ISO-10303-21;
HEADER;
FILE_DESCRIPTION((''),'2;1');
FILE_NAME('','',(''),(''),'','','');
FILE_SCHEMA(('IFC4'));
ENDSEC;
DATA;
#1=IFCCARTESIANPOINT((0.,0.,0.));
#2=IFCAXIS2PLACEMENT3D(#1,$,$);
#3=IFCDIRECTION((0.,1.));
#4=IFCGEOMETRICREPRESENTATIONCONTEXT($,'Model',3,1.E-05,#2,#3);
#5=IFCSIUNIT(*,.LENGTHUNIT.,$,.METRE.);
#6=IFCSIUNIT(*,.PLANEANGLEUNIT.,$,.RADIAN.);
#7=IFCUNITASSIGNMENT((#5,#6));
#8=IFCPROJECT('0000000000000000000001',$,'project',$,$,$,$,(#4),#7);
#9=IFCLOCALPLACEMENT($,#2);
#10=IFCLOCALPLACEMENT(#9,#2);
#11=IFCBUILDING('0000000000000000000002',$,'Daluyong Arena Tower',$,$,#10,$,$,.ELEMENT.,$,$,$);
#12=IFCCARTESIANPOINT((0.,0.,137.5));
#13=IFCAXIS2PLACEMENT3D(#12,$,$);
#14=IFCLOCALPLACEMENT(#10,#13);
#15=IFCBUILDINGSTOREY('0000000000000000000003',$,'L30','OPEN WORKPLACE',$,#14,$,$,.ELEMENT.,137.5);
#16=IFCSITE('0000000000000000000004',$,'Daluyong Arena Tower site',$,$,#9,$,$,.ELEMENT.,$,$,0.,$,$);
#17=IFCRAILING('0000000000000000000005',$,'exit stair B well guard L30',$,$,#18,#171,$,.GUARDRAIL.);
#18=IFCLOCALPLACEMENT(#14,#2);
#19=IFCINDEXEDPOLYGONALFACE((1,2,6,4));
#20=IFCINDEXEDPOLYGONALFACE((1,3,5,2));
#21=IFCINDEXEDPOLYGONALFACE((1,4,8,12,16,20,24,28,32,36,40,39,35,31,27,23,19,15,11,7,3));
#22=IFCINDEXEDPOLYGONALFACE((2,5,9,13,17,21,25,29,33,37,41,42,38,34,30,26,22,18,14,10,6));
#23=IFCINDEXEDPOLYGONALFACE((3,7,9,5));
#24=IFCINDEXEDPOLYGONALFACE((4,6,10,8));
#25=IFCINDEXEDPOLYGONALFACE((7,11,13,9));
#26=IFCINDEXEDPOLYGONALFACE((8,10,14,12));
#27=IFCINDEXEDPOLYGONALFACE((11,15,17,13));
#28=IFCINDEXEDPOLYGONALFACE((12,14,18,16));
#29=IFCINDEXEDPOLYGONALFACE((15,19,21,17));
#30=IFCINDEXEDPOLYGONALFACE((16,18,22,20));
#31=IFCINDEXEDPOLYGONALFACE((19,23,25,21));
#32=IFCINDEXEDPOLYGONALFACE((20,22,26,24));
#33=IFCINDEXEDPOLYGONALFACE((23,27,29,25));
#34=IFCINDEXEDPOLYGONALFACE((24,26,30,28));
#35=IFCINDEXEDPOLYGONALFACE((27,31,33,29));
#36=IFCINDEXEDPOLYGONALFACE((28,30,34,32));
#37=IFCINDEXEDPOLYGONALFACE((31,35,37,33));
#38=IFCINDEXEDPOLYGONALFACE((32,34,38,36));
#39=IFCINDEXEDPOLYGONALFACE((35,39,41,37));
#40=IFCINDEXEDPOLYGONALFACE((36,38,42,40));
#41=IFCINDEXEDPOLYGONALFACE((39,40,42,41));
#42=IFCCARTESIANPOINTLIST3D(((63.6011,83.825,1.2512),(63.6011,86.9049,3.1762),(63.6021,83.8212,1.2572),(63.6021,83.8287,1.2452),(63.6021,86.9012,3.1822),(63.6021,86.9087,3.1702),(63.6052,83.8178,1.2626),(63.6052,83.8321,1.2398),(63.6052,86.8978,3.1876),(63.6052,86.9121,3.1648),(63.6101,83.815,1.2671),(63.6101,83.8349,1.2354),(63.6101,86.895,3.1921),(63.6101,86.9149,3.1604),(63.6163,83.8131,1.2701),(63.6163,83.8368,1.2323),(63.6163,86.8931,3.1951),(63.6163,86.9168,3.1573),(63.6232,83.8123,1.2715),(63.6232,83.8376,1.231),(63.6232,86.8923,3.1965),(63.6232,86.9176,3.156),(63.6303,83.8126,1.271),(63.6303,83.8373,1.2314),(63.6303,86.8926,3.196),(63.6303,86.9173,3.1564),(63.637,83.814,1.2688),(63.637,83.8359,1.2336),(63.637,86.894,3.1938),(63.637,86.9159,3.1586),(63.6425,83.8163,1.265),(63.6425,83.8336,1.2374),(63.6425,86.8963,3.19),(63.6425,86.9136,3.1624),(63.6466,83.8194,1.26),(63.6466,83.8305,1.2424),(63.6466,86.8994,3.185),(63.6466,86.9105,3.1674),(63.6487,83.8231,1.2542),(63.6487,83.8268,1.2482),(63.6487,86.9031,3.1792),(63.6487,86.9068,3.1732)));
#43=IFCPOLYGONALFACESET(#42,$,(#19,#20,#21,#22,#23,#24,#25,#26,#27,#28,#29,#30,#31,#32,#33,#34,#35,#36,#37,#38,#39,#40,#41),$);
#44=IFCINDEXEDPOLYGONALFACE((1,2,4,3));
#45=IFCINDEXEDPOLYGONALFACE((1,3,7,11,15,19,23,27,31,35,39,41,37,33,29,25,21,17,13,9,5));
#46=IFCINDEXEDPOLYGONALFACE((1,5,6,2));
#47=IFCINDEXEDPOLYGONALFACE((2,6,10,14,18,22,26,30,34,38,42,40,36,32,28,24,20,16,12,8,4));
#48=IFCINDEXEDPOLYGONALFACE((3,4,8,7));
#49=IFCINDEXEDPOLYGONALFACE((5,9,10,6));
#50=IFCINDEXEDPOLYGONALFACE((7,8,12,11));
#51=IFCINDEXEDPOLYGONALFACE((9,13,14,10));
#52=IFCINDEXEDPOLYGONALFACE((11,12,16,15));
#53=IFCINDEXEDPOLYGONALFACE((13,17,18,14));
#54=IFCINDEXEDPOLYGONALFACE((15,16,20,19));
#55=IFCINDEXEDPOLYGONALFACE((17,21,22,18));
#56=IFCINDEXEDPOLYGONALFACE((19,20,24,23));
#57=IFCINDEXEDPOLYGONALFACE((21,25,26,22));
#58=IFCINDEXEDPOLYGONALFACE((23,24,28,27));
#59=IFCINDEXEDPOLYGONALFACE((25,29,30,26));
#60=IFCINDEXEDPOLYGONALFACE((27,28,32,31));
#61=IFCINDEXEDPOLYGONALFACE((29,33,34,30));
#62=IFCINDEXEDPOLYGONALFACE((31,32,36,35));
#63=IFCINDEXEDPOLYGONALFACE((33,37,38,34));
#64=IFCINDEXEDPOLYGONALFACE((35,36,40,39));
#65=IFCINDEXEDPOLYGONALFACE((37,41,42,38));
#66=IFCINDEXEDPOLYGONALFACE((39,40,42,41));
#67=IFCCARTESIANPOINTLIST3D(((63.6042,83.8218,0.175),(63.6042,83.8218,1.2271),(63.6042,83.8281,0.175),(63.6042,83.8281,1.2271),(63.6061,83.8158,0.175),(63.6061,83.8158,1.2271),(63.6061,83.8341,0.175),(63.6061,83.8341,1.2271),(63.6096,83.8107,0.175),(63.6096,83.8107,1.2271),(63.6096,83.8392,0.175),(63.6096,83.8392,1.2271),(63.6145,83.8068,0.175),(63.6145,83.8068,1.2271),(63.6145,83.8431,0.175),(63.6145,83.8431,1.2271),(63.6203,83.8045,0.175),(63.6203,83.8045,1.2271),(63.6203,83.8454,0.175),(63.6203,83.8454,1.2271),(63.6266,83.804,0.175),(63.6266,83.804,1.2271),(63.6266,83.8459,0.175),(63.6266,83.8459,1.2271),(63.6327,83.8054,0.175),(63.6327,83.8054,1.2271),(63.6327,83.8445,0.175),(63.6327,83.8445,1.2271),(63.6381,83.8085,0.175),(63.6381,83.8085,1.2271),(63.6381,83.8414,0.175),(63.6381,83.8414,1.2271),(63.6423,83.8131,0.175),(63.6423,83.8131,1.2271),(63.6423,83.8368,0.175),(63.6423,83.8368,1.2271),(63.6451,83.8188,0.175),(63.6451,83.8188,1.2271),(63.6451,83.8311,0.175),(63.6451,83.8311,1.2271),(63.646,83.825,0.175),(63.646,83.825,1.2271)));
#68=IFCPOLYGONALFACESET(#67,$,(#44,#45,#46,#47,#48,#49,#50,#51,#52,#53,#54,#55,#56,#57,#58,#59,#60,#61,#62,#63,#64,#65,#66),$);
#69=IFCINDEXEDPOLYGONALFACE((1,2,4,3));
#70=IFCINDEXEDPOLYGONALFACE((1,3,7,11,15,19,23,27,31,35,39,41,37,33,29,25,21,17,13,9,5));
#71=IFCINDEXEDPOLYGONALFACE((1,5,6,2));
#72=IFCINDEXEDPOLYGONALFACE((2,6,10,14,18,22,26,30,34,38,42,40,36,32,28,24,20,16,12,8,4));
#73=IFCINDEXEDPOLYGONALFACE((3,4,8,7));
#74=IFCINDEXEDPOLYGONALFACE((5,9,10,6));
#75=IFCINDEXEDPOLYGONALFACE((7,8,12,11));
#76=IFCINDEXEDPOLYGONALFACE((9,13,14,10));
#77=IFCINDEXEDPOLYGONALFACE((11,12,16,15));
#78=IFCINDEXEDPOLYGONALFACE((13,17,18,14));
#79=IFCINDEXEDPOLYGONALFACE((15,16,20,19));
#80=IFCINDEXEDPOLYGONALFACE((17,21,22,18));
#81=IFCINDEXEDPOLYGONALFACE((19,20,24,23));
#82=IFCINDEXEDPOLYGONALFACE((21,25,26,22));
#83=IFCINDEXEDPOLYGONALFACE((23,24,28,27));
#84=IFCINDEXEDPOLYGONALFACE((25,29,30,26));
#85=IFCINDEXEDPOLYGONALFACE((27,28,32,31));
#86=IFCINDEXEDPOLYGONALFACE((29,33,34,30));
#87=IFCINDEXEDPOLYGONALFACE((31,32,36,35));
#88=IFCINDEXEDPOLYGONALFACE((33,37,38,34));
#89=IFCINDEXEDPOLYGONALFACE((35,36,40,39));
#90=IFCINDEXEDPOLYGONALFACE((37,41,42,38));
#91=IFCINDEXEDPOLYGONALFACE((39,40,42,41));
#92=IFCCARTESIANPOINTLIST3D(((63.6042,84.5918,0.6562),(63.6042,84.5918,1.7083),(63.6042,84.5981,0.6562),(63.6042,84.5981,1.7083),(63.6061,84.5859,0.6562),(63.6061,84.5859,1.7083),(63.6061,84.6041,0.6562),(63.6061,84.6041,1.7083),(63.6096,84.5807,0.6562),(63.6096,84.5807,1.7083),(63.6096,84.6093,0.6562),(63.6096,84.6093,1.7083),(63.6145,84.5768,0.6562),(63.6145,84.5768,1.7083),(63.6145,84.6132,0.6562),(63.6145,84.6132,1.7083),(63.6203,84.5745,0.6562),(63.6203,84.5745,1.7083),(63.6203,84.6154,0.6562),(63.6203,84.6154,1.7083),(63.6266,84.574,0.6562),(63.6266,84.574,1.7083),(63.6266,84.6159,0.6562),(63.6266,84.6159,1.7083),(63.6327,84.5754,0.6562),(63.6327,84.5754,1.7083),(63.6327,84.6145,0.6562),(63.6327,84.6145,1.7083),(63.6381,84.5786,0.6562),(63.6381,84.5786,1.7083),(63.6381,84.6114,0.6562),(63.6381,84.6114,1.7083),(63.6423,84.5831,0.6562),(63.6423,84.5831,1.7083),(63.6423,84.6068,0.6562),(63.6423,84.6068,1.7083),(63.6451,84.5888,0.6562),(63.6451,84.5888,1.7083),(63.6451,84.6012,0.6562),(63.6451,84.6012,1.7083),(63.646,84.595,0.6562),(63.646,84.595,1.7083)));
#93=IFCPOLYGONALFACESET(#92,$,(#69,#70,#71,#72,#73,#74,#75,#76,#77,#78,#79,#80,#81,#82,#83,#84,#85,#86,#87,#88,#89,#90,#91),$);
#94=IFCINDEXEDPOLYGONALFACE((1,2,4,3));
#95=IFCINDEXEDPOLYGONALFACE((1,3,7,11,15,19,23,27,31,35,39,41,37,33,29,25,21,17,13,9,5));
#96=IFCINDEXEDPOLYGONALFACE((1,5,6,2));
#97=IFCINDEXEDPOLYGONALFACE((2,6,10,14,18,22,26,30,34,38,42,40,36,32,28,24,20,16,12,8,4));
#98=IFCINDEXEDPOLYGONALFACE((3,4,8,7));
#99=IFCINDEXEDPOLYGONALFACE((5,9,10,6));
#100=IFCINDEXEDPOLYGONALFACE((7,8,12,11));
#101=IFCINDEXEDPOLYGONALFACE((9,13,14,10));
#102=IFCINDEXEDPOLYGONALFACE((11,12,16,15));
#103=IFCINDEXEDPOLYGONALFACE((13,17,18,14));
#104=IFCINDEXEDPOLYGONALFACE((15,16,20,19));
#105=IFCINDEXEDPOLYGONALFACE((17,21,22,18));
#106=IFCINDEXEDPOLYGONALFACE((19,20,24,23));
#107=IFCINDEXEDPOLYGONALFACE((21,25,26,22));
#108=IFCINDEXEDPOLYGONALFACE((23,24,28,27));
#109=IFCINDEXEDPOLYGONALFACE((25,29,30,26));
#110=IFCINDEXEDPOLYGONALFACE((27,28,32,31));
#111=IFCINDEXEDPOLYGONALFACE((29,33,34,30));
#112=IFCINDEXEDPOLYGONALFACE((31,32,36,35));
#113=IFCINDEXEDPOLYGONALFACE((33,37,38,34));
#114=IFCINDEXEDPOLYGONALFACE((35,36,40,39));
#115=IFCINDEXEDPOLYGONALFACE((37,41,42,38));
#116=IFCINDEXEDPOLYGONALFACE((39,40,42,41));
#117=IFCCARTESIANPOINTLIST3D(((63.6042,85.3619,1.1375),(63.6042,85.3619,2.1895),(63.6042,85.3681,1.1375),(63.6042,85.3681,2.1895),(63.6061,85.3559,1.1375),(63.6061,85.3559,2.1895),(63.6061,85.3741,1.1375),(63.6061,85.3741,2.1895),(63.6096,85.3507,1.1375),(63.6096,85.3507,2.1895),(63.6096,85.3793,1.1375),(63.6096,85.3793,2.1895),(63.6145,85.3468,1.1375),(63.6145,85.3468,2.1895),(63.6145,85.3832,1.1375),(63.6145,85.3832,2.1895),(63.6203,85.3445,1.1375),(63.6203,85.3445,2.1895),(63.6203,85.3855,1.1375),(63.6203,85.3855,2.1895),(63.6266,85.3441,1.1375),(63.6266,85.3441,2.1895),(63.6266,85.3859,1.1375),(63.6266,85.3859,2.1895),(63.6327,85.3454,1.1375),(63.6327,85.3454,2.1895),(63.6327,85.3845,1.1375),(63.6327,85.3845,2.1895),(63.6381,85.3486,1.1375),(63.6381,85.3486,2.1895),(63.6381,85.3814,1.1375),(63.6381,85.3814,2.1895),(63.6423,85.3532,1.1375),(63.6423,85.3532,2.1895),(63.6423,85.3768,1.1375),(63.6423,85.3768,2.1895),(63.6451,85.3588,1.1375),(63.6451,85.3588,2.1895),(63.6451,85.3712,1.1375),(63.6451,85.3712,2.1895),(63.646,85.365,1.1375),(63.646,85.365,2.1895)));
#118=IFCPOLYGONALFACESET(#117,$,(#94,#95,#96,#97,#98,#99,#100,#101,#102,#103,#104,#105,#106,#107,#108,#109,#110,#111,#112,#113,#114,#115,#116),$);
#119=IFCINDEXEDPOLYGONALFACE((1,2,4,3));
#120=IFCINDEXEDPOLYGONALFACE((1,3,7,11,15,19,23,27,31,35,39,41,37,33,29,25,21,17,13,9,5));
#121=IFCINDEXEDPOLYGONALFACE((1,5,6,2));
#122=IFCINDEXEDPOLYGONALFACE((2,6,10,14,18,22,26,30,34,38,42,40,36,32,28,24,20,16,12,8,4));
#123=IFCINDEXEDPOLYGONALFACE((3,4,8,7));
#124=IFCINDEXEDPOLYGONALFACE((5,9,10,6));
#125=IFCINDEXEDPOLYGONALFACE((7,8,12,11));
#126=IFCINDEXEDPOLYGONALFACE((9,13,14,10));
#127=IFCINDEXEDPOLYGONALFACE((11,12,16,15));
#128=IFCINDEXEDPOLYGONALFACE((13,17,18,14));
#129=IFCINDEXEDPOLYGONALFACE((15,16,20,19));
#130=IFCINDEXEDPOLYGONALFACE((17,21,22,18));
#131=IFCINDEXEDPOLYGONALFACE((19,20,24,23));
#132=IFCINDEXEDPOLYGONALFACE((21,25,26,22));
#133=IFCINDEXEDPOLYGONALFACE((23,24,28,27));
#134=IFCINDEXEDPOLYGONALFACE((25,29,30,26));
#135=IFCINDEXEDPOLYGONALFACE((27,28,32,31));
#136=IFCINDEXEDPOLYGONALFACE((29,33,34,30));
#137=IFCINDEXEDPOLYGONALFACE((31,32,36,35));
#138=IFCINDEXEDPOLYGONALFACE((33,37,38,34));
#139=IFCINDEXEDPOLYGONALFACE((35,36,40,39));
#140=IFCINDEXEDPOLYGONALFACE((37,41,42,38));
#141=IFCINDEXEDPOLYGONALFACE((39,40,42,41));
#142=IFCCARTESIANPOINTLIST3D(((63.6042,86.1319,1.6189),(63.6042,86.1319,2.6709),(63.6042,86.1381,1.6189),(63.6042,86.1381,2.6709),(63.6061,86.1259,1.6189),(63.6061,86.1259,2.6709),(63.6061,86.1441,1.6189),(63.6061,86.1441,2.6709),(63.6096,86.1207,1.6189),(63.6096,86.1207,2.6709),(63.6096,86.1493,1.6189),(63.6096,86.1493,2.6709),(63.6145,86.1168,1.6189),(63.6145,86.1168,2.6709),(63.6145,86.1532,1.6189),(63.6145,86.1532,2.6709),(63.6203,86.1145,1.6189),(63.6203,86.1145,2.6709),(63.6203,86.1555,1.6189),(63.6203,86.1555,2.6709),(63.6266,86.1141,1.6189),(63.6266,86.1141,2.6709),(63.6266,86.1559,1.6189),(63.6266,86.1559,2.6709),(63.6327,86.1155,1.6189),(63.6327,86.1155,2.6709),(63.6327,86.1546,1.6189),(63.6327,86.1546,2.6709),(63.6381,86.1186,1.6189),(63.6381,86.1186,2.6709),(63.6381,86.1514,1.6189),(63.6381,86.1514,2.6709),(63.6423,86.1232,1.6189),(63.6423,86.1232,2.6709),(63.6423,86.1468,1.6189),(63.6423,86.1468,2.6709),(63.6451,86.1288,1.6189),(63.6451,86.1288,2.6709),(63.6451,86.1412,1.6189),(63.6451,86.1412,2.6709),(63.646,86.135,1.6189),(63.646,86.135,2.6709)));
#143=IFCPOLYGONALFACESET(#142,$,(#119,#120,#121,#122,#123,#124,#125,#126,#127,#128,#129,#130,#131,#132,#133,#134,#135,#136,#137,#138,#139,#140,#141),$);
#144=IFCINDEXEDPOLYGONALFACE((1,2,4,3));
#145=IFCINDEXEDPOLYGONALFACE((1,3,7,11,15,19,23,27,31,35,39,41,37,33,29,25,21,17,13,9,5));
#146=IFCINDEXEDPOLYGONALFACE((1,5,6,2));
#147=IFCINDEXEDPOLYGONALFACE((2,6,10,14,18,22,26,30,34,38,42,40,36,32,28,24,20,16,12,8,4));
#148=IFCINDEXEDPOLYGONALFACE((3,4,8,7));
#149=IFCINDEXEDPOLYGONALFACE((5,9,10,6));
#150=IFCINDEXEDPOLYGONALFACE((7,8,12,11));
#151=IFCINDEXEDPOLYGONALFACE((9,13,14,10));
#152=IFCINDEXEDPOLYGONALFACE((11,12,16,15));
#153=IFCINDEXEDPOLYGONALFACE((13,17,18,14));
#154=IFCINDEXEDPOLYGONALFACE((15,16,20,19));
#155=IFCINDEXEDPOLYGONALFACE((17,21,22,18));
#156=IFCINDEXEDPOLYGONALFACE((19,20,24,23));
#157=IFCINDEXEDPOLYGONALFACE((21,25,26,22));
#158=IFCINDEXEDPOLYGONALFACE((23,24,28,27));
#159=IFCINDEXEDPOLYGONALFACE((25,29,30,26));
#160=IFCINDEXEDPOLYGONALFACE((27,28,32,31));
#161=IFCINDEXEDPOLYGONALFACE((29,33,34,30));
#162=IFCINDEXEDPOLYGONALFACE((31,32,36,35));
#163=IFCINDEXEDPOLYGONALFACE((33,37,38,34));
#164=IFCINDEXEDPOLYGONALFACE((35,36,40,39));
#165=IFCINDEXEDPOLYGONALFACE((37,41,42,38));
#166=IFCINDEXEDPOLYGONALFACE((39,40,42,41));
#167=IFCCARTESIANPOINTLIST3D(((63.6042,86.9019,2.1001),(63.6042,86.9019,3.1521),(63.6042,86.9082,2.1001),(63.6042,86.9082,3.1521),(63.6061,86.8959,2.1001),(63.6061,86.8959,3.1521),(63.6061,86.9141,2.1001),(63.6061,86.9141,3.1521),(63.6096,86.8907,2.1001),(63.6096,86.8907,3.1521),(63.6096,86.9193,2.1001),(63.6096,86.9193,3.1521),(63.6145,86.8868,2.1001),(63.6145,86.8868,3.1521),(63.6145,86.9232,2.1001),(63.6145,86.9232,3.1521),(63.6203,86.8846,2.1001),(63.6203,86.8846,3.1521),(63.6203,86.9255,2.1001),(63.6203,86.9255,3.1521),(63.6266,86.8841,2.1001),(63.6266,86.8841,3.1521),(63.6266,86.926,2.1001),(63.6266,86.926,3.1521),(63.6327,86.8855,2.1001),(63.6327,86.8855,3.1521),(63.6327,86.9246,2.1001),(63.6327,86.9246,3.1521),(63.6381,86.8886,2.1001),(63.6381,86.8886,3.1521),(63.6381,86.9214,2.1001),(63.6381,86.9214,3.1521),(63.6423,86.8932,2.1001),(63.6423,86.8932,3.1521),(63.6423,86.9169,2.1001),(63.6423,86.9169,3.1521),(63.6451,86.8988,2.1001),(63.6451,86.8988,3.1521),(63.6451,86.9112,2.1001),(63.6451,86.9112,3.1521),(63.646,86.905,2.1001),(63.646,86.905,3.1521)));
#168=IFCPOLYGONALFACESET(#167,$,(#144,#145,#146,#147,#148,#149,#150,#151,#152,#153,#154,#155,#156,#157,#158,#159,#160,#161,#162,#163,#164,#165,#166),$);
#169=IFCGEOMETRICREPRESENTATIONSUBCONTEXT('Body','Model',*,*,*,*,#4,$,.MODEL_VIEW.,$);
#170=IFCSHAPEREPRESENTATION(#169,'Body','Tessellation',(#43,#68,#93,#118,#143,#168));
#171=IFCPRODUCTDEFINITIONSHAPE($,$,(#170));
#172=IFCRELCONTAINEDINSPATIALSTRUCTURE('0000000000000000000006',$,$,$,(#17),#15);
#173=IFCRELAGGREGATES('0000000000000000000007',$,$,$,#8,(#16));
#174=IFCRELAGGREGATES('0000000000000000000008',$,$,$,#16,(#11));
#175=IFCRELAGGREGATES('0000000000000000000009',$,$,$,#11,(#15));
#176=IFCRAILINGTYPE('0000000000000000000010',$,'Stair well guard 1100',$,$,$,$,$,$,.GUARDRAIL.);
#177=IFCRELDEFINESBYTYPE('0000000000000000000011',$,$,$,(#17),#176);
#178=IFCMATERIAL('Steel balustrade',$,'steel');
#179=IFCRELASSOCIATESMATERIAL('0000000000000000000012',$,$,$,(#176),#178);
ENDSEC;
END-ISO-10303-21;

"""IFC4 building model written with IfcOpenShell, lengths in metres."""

from ifc_helpers import new_model, si_unit, direction, frame, origin, origin_2d, place, context, subcontext, project, spatial, circle, extrude, material, type_object, element, save


model = new_model("IFC4")

# Units and contexts
model_context = context("Model", 3, precision=1e-05, world=origin(), true_north=direction((0.0, 1.0)))
body_context = subcontext(model_context, "Body", "Model", "MODEL_VIEW")
ifc_project = project(units=[si_unit("LENGTHUNIT", "METRE"), si_unit("PLANEANGLEUNIT", "RADIAN")], contexts=[model_context])

# Site, building, storey
site_placement = place(None, origin())
site = spatial("IfcSite", under=ifc_project, at=site_placement, Name="Daluyong Arena Tower site", CompositionType="ELEMENT", RefElevation=0.0)
building_placement = place(site_placement, origin())
building = spatial("IfcBuilding", under=site, at=building_placement, Name="Daluyong Arena Tower", CompositionType="ELEMENT")
storey_placement = place(building_placement, frame((0.0, 0.0, 137.5)))
storey = spatial("IfcBuildingStorey", under=building, at=storey_placement, Name="L30", Description="OPEN WORKPLACE", CompositionType="ELEMENT", Elevation=137.5)

# Railing
ifc_material_1 = material(Name="Steel balustrade", Category="steel")
railing_type_1 = type_object("IfcRailingType", Name="Stair well guard 1100", PredefinedType="GUARDRAIL", material=ifc_material_1)
railing_1_placement = place(storey_placement, frame((63.625, 83.825, 0.175)))
element("IfcRailing", 1, at=railing_1_placement, inside=storey, type_object=railing_type_1, Name="exit stair B well guard L30", PredefinedType="GUARDRAIL", context=body_context, shape_type="SweptSolid", body=[
    extrude(circle(Radius=0.0239, at=origin_2d()), frame((0.0, 0.0, 1.0762), z_axis=(0.0, 0.847998, 0.529999), x_axis=(-1.0, 0.0, 0.0)), (0.0, 0.0, 1.0), 3.6321),
    extrude(circle(Radius=0.021, at=origin_2d()), origin(), (0.0, 0.0, 1.0), 1.052),
    extrude(circle(Radius=0.021, at=origin_2d()), frame((0.0, 0.77, 0.4812)), (0.0, 0.0, 1.0), 1.052),
    extrude(circle(Radius=0.021, at=origin_2d()), frame((0.0, 1.54, 0.9624)), (0.0, 0.0, 1.0), 1.052),
    extrude(circle(Radius=0.021, at=origin_2d()), frame((0.0, 2.3101, 1.4438)), (0.0, 0.0, 1.0), 1.052),
    extrude(circle(Radius=0.021, at=origin_2d()), frame((0.0, 3.0801, 1.925)), (0.0, 0.0, 1.0), 1.052),
])

save(model, "model.ifc")
